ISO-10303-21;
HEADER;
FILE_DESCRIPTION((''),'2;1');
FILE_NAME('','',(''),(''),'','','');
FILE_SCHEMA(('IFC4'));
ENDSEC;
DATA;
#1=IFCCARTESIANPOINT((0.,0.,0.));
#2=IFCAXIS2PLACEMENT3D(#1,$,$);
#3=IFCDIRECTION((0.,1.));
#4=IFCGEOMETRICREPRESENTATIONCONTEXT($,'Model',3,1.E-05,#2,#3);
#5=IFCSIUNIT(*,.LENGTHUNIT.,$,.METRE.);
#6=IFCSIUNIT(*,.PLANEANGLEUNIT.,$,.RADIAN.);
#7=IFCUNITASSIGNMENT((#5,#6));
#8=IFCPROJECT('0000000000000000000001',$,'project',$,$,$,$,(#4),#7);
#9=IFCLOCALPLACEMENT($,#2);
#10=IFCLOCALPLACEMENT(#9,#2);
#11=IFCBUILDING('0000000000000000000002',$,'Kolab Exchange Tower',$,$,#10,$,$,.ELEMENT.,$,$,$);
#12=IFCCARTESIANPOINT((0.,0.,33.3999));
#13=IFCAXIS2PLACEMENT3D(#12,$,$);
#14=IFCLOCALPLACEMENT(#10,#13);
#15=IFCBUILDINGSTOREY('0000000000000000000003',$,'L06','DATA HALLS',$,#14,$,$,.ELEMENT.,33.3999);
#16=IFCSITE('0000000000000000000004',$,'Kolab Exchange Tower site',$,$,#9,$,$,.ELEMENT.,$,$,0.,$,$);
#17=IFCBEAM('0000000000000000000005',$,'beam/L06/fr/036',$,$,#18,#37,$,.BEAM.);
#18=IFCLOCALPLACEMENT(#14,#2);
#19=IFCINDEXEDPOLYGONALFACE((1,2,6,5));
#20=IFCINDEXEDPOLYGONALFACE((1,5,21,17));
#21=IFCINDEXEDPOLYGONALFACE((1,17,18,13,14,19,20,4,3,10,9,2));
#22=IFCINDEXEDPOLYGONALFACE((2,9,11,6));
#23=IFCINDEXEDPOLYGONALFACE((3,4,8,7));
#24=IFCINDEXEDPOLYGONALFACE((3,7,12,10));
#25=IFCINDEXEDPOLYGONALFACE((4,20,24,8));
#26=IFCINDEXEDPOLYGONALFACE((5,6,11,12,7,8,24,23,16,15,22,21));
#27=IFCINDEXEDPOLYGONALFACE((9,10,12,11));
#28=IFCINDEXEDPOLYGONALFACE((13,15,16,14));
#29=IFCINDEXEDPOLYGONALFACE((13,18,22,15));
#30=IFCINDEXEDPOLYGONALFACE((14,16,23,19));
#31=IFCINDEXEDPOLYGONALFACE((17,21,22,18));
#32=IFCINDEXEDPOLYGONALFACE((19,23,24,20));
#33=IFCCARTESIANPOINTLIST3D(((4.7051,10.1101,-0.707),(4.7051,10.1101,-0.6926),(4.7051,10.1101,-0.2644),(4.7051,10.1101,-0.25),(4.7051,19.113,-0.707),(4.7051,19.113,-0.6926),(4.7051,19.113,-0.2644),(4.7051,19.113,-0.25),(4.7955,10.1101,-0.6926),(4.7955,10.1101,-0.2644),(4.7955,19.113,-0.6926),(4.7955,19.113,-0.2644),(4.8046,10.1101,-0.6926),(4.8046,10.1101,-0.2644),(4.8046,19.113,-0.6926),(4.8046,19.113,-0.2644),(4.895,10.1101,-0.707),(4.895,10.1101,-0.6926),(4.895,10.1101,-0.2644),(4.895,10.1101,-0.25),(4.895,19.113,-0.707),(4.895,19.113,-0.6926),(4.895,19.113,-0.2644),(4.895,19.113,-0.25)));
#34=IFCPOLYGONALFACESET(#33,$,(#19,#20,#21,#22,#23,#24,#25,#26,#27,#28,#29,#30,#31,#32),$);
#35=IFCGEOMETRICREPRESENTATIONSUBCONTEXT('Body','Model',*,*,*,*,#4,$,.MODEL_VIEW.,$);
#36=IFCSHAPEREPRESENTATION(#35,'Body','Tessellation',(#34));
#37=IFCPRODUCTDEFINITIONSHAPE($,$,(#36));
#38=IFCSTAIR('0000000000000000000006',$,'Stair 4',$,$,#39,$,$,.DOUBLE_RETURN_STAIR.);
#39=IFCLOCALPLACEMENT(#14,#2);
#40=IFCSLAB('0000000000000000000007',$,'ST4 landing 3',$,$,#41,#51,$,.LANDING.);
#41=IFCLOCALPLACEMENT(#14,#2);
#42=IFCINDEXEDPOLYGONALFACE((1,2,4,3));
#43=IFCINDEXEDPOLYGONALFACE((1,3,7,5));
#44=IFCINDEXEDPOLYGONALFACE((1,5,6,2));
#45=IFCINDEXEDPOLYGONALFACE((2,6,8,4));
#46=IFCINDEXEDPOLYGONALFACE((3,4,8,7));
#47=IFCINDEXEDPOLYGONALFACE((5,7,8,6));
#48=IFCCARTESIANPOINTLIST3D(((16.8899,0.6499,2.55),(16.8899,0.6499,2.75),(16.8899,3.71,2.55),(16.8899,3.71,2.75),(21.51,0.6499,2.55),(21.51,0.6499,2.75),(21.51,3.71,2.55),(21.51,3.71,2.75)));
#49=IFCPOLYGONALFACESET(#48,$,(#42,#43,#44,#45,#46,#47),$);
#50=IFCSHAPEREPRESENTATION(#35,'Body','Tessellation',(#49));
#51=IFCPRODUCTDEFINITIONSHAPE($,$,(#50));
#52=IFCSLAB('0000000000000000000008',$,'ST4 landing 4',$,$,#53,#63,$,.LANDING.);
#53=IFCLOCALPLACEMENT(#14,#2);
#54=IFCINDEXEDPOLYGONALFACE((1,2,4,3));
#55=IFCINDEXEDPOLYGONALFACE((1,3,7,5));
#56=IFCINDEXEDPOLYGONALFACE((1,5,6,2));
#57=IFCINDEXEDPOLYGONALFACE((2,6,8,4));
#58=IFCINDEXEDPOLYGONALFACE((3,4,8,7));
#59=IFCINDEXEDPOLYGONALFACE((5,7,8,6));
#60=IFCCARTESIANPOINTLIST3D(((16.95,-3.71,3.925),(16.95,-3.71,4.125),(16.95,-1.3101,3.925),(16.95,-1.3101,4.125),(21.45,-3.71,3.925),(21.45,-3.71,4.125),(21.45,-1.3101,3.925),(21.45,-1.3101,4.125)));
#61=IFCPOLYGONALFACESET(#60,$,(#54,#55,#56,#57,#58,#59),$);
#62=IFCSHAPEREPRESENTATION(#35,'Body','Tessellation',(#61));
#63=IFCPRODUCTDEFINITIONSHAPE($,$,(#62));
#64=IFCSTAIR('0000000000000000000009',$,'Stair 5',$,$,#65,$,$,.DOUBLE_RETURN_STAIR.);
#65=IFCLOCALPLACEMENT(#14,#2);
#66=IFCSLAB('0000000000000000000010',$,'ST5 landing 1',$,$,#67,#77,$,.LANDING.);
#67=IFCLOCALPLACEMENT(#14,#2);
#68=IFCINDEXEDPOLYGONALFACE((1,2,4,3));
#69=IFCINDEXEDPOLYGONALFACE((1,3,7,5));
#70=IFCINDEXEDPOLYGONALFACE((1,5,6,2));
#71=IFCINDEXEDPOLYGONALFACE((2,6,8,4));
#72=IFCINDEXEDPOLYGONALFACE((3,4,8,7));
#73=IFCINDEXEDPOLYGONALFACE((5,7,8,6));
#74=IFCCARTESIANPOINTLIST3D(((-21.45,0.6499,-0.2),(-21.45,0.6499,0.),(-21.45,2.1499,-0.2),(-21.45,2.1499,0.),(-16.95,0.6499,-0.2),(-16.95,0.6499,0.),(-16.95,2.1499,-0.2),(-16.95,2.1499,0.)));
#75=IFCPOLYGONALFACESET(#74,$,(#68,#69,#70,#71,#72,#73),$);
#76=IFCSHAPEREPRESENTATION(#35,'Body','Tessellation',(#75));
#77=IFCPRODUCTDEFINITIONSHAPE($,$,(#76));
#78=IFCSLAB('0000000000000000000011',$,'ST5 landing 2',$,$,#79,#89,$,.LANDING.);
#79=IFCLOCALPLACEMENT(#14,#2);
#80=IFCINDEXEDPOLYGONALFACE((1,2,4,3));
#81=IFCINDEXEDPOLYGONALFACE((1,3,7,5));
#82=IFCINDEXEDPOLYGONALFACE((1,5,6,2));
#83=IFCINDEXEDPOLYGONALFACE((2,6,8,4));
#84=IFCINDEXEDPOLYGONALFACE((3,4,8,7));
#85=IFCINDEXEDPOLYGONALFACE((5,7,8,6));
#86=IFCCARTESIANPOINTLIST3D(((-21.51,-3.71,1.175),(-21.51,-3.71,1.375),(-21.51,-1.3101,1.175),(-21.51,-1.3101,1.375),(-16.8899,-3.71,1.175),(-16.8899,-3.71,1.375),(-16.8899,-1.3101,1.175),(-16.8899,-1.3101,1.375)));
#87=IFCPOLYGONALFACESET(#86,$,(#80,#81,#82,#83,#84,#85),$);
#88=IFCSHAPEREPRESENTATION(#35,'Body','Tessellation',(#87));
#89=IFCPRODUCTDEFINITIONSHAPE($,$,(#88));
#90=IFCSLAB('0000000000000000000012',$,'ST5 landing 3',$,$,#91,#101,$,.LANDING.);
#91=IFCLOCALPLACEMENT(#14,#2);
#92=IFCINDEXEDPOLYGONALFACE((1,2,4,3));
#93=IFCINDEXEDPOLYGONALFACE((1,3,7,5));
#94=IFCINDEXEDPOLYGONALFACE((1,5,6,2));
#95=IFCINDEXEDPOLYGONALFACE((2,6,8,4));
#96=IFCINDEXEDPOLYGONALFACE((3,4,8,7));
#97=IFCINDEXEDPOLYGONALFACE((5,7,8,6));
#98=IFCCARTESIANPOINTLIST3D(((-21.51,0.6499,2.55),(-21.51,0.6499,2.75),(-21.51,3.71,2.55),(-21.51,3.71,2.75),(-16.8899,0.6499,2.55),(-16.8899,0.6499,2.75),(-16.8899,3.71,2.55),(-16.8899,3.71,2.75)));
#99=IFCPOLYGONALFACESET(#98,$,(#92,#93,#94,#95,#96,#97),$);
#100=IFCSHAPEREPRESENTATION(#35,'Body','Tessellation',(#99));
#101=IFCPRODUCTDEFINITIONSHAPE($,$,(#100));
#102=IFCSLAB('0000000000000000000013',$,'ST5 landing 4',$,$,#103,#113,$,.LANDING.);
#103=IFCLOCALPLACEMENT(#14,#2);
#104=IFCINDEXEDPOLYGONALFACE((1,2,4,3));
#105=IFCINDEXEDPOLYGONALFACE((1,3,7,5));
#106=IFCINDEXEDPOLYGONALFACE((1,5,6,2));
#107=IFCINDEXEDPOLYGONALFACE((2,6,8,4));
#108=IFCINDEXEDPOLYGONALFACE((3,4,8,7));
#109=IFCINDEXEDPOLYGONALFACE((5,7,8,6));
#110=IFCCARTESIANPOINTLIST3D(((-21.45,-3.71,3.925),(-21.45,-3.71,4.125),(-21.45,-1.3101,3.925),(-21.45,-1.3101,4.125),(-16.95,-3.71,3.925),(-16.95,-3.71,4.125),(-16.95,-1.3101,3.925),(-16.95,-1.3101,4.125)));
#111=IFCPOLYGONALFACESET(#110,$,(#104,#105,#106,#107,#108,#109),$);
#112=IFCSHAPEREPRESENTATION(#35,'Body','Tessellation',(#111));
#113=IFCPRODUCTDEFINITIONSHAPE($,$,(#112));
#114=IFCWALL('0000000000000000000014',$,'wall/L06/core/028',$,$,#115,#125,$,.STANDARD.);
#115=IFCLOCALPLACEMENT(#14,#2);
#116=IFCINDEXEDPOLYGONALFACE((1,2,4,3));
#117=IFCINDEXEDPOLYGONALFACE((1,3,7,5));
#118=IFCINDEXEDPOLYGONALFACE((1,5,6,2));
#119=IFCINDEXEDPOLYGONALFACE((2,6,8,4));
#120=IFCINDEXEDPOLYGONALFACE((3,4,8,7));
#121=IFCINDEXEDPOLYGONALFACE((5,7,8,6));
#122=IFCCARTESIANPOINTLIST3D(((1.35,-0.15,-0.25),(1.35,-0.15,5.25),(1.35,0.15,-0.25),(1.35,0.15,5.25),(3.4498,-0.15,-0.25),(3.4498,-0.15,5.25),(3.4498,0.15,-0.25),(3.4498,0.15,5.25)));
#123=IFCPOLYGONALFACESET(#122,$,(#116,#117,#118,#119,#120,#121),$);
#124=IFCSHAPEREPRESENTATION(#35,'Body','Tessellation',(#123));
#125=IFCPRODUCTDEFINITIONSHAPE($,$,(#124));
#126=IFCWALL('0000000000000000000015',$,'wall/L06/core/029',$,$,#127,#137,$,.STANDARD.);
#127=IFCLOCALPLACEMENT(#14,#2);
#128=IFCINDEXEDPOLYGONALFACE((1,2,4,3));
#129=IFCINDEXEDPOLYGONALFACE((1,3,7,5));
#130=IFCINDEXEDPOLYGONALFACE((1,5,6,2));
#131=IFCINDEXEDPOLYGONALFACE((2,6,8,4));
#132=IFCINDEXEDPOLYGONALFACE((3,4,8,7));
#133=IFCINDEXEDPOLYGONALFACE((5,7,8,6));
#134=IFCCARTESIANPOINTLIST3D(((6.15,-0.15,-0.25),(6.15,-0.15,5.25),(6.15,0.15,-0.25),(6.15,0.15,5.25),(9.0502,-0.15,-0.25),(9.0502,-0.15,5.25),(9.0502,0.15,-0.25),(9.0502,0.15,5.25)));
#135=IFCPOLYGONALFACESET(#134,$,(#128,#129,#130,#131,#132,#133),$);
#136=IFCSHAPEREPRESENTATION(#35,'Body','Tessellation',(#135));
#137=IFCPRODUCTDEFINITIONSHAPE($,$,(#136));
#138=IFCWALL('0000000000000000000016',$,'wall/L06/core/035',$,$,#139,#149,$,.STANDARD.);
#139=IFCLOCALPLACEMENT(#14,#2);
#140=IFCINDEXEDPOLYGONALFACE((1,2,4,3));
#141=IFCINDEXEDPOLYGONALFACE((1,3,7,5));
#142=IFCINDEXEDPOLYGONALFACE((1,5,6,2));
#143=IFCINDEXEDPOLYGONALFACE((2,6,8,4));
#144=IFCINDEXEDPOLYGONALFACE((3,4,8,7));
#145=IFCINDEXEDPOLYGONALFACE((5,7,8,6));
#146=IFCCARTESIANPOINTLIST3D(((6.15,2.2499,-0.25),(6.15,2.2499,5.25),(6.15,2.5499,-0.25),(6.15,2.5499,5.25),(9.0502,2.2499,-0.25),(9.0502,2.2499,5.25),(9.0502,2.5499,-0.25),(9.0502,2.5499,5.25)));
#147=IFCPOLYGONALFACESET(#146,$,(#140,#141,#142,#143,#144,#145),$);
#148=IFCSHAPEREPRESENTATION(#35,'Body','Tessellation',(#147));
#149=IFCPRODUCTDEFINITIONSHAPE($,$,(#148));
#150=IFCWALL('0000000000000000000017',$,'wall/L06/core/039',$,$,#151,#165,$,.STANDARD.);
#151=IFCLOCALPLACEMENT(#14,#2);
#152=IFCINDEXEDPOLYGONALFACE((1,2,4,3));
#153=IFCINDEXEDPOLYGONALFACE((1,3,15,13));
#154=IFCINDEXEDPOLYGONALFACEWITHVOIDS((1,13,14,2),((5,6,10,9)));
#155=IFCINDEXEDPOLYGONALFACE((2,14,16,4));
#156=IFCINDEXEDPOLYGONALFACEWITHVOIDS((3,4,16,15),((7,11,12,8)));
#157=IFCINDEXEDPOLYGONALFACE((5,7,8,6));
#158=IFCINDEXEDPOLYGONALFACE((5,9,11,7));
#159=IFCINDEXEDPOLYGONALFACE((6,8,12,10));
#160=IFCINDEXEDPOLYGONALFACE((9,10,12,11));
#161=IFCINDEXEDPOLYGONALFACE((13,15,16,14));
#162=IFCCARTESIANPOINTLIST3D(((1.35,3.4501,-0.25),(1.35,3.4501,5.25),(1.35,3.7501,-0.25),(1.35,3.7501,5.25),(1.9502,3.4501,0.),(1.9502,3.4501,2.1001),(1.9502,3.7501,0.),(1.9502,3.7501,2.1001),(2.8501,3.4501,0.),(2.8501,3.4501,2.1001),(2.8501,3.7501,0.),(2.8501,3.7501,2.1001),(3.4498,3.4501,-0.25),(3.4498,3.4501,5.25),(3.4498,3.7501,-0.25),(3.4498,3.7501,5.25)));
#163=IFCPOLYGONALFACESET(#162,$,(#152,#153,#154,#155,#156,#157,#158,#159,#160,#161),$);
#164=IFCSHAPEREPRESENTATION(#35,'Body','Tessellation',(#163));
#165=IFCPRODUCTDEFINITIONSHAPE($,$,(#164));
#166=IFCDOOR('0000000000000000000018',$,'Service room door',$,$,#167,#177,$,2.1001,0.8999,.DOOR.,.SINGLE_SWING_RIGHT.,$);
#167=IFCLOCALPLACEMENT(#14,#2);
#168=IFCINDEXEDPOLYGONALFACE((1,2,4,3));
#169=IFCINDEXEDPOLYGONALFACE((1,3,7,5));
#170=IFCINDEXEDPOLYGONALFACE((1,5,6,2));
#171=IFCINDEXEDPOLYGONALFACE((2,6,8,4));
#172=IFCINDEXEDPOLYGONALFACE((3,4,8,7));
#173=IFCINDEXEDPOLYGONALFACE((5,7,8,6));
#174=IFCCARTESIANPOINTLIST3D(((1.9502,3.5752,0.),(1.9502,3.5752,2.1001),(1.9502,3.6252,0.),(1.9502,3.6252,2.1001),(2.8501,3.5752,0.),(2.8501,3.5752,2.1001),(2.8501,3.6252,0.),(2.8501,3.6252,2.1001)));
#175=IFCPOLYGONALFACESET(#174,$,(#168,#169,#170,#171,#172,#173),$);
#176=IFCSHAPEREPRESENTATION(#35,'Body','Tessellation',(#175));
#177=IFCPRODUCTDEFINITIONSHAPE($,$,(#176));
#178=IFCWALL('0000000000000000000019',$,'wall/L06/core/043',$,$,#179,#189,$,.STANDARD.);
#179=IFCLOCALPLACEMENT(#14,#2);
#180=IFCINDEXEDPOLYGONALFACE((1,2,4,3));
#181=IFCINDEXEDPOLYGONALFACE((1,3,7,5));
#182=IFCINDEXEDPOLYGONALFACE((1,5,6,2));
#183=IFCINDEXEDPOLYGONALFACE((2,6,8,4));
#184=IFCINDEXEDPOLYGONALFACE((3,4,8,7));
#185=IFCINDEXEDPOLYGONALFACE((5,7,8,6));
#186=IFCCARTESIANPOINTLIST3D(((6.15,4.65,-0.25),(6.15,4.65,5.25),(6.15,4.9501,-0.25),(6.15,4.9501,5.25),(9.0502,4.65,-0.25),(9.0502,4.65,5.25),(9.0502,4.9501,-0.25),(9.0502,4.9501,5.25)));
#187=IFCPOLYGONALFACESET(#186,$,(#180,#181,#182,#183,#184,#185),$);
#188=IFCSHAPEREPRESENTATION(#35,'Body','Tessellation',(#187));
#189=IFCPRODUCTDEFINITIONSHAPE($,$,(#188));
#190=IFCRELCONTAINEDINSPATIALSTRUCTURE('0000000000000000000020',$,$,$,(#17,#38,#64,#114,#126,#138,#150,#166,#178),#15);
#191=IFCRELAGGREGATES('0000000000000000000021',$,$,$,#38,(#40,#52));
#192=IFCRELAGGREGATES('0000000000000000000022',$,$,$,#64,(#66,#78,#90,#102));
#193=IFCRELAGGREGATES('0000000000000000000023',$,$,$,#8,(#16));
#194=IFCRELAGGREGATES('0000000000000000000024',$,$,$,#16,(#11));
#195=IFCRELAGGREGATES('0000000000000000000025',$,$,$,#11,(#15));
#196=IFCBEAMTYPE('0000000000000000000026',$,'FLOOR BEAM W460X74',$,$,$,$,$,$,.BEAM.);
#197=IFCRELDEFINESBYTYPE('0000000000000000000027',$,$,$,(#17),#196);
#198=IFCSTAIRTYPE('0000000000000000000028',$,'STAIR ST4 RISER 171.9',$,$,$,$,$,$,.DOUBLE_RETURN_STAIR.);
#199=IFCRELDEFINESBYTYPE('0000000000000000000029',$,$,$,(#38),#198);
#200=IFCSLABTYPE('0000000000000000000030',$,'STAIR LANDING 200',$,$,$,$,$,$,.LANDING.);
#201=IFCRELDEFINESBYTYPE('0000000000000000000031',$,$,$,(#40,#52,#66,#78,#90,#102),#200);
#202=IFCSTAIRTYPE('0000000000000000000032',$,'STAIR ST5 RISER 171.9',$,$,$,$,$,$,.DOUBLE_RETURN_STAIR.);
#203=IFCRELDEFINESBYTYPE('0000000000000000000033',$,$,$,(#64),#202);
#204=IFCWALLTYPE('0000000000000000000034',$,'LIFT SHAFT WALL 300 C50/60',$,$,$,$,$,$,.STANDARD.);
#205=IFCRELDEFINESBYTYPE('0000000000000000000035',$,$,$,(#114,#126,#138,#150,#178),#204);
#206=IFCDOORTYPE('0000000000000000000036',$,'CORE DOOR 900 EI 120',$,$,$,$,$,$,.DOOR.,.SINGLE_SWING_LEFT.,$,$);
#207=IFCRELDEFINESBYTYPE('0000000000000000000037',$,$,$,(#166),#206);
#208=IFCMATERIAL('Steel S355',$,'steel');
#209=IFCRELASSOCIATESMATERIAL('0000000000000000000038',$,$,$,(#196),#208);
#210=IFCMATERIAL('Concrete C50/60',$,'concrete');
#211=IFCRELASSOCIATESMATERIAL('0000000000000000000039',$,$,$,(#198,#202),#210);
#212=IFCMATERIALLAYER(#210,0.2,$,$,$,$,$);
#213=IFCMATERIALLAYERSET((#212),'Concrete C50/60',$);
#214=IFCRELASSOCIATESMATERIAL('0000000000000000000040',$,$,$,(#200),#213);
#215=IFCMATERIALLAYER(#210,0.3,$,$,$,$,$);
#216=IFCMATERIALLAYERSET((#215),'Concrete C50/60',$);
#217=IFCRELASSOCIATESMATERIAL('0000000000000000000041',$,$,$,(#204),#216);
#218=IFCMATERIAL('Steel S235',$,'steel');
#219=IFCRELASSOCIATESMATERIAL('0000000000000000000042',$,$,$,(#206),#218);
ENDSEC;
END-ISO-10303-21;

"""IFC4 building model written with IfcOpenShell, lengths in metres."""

from ifc_helpers import new_model, si_unit, direction, frame, frame_2d, origin, origin_2d, place, context, subcontext, project, spatial, polyline, rectangle, i_section, outline, extrude, material, layer, layer_set, material_profile, profile_set, type_object, element, fill, aggregate, save


model = new_model("IFC4")

# Units and contexts
model_context = context("Model", 3, precision=1e-05, world=origin(), true_north=direction((0.0, 1.0)))
body_context = subcontext(model_context, "Body", "Model", "MODEL_VIEW")
ifc_project = project(units=[si_unit("LENGTHUNIT", "METRE"), si_unit("PLANEANGLEUNIT", "RADIAN")], contexts=[model_context])

# Site, building, storey
site_placement = place(None, origin())
site = spatial("IfcSite", under=ifc_project, at=site_placement, Name="Kolab Exchange Tower site", CompositionType="ELEMENT", RefElevation=0.0)
building_placement = place(site_placement, origin())
building = spatial("IfcBuilding", under=site, at=building_placement, Name="Kolab Exchange Tower", CompositionType="ELEMENT")
storey_placement = place(building_placement, frame((0.0, 0.0, 33.3999)))
storey = spatial("IfcBuildingStorey", under=building, at=storey_placement, Name="L06", Description="DATA HALLS", CompositionType="ELEMENT", Elevation=33.3999)

# Beam
ifc_material_1 = material(Name="Steel S355", Category="steel")
ifc_material_profile = material_profile(ifc_material_1, i_section(OverallWidth=0.1899, OverallDepth=0.457, WebThickness=0.009, FlangeThickness=0.0144, at=origin_2d()), Name="W460X74")
ifc_profile_set = profile_set([ifc_material_profile], Name="Steel S355")
beam_type = type_object("IfcBeamType", Name="FLOOR BEAM W460X74", PredefinedType="BEAM", material=ifc_profile_set)
beam_placement = place(storey_placement, frame((4.8, 10.1101, -0.4785), z_axis=(0.0, 1.0, 0.0), x_axis=(-1.0, 0.0, 0.0)))
element("IfcBeam", 1, at=beam_placement, inside=storey, type_object=beam_type, Name="beam/L06/fr/036", PredefinedType="BEAM", context=body_context, shape_type="SweptSolid", body=[
    extrude(i_section(OverallWidth=0.1899, OverallDepth=0.457, WebThickness=0.009, FlangeThickness=0.0144, at=origin_2d()), origin(), (0.0, 0.0, 1.0), 9.0029),
])

# Stairs, slabs
ifc_material_2 = material(Name="Concrete C50/60", Category="concrete")
stair_type_1 = type_object("IfcStairType", Name="STAIR ST4 RISER 171.9", PredefinedType="DOUBLE_RETURN_STAIR", material=ifc_material_2)
stair_1_placement = place(storey_placement, origin())
stair_1 = element("IfcStair", 2, at=stair_1_placement, inside=storey, type_object=stair_type_1, Name="Stair 4", PredefinedType="DOUBLE_RETURN_STAIR")
ifc_layer_1 = layer(ifc_material_2, 0.2)
ifc_layer_set_1 = layer_set([ifc_layer_1], Name="Concrete C50/60")
slab_type = type_object("IfcSlabType", Name="STAIR LANDING 200", PredefinedType="LANDING", material=ifc_layer_set_1)
slab_1_placement = place(storey_placement, frame((0.0, 0.0, 2.55)))
slab_1 = element("IfcSlab", 3, at=slab_1_placement, type_object=slab_type, Name="ST4 landing 3", PredefinedType="LANDING", context=body_context, shape_type="SweptSolid", body=[
    extrude(outline(polyline([(16.8899, 0.6499), (21.51, 0.6499), (21.51, 3.71), (16.8899, 3.71), (16.8899, 0.6499)])), origin(), (0.0, 0.0, 1.0), 0.2),
])
slab_2_placement = place(storey_placement, frame((0.0, 0.0, 3.925)))
slab_2 = element("IfcSlab", 4, at=slab_2_placement, type_object=slab_type, Name="ST4 landing 4", PredefinedType="LANDING", context=body_context, shape_type="SweptSolid", body=[
    extrude(outline(polyline([(16.95, -3.71), (21.45, -3.71), (21.45, -1.3101), (16.95, -1.3101), (16.95, -3.71)])), origin(), (0.0, 0.0, 1.0), 0.2),
])
aggregate(stair_1, [slab_1, slab_2])
stair_type_2 = type_object("IfcStairType", Name="STAIR ST5 RISER 171.9", PredefinedType="DOUBLE_RETURN_STAIR", material=ifc_material_2)
stair_2_placement = place(storey_placement, origin())
stair_2 = element("IfcStair", 5, at=stair_2_placement, inside=storey, type_object=stair_type_2, Name="Stair 5", PredefinedType="DOUBLE_RETURN_STAIR")
slab_3_placement = place(storey_placement, frame((0.0, 0.0, -0.2)))
slab_3 = element("IfcSlab", 6, at=slab_3_placement, type_object=slab_type, Name="ST5 landing 1", PredefinedType="LANDING", context=body_context, shape_type="SweptSolid", body=[
    extrude(outline(polyline([(-21.45, 0.6499), (-16.95, 0.6499), (-16.95, 2.1499), (-21.45, 2.1499), (-21.45, 0.6499)])), origin(), (0.0, 0.0, 1.0), 0.2),
])
slab_4_placement = place(storey_placement, frame((0.0, 0.0, 1.175)))
slab_4 = element("IfcSlab", 7, at=slab_4_placement, type_object=slab_type, Name="ST5 landing 2", PredefinedType="LANDING", context=body_context, shape_type="SweptSolid", body=[
    extrude(outline(polyline([(-21.51, -3.71), (-16.8899, -3.71), (-16.8899, -1.3101), (-21.51, -1.3101), (-21.51, -3.71)])), origin(), (0.0, 0.0, 1.0), 0.2),
])
slab_5_placement = place(storey_placement, frame((0.0, 0.0, 2.55)))
slab_5 = element("IfcSlab", 8, at=slab_5_placement, type_object=slab_type, Name="ST5 landing 3", PredefinedType="LANDING", context=body_context, shape_type="SweptSolid", body=[
    extrude(outline(polyline([(-21.51, 0.6499), (-16.8899, 0.6499), (-16.8899, 3.71), (-21.51, 3.71), (-21.51, 0.6499)])), origin(), (0.0, 0.0, 1.0), 0.2),
])
slab_6_placement = place(storey_placement, frame((0.0, 0.0, 3.925)))
slab_6 = element("IfcSlab", 9, at=slab_6_placement, type_object=slab_type, Name="ST5 landing 4", PredefinedType="LANDING", context=body_context, shape_type="SweptSolid", body=[
    extrude(outline(polyline([(-21.45, -3.71), (-16.95, -3.71), (-16.95, -1.3101), (-21.45, -1.3101), (-21.45, -3.71)])), origin(), (0.0, 0.0, 1.0), 0.2),
])
aggregate(stair_2, [slab_3, slab_4, slab_5, slab_6])

# Walls
ifc_layer_2 = layer(ifc_material_2, 0.3)
ifc_layer_set_2 = layer_set([ifc_layer_2], Name="Concrete C50/60")
wall_type_1 = type_object("IfcWallType", Name="LIFT SHAFT WALL 300 C50/60", PredefinedType="STANDARD", material=ifc_layer_set_2)
wall_1_placement = place(storey_placement, frame((1.3501, 0.0, -0.25), z_axis=(0.0, 0.0, 1.0), x_axis=(1.0, 0.0, 0.0)))
element("IfcWall", 10, at=wall_1_placement, inside=storey, type_object=wall_type_1, Name="wall/L06/core/028", PredefinedType="STANDARD", context=body_context, shape_type="SweptSolid", body=[
    extrude(rectangle(XDim=2.0999, YDim=0.3, at=frame_2d((1.0498, 0.0))), origin(), (0.0, 0.0, 1.0), 5.5),
])
for number, where, z_axis, x_axis, name in (
    (11, (6.1499, 0.0, -0.25), (0.0, 0.0, 1.0), (1.0, 0.0, 0.0), "wall/L06/core/029"),
    (12, (6.1499, 2.3999, -0.25), (0.0, 0.0, 1.0), (1.0, 0.0, 0.0), "wall/L06/core/035"),
):
    element("IfcWall", number, at=place(storey_placement, frame(where, z_axis=z_axis, x_axis=x_axis)), inside=storey, type_object=wall_type_1, Name=name, PredefinedType="STANDARD", context=body_context, shape_type="SweptSolid", body=[
        extrude(rectangle(XDim=2.9001, YDim=0.3, at=frame_2d((1.4502, 0.0))), origin(), (0.0, 0.0, 1.0), 5.5),
    ])

# Wall, opening, door
wall_2_placement = place(storey_placement, frame((1.3501, 3.6001, -0.25), z_axis=(0.0, 0.0, 1.0), x_axis=(1.0, 0.0, 0.0)))
wall_2 = element("IfcWall", 13, at=wall_2_placement, inside=storey, type_object=wall_type_1, Name="wall/L06/core/039", PredefinedType="STANDARD", context=body_context, shape_type="SweptSolid", body=[
    extrude(rectangle(XDim=2.0999, YDim=0.3, at=frame_2d((1.0498, 0.0))), origin(), (0.0, 0.0, 1.0), 5.5),
])
opening_1_placement = place(wall_2_placement, frame((0.6001, 0.0, 0.25)))
opening_1 = element("IfcOpeningElement", 14, at=opening_1_placement, cuts=wall_2, PredefinedType="OPENING", context=body_context, shape_type="SweptSolid", body=[
    extrude(rectangle(XDim=0.8999, YDim=2.1001, at=frame_2d((0.45, 1.05))), frame((0.0, 0.1602, 0.0), z_axis=(0.0, -1.0, 0.0), x_axis=(1.0, 0.0, 0.0)), (0.0, 0.0, 1.0), 0.3201),
])
ifc_material_3 = material(Name="Steel S235", Category="steel")
door_type_1 = type_object("IfcDoorType", Name="CORE DOOR 900 EI 120", OperationType="SINGLE_SWING_LEFT", PredefinedType="DOOR", material=ifc_material_3)
door_1_placement = place(opening_1_placement, frame((0.8999, 0.0, 0.0), z_axis=(0.0, 0.0, 1.0), x_axis=(-1.0, 0.0, 0.0)))
door_1 = element("IfcDoor", 15, at=door_1_placement, inside=storey, type_object=door_type_1, Name="Service room door", OperationType="SINGLE_SWING_RIGHT", OverallHeight=2.1001, OverallWidth=0.8999, PredefinedType="DOOR", context=body_context, shape_type="SweptSolid", body=[
    extrude(rectangle(XDim=0.8999, YDim=2.1001, at=frame_2d((0.45, 1.05))), frame((0.0, 0.0249, 0.0), z_axis=(0.0, -1.0, 0.0), x_axis=(1.0, 0.0, 0.0)), (0.0, 0.0, 1.0), 0.05),
])
fill(opening_1, door_1)

# Wall
wall_3_placement = place(storey_placement, frame((6.1499, 4.8, -0.25), z_axis=(0.0, 0.0, 1.0), x_axis=(1.0, 0.0, 0.0)))
element("IfcWall", 16, at=wall_3_placement, inside=storey, type_object=wall_type_1, Name="wall/L06/core/043", PredefinedType="STANDARD", context=body_context, shape_type="SweptSolid", body=[
    extrude(rectangle(XDim=2.9001, YDim=0.3, at=frame_2d((1.4502, 0.0))), origin(), (0.0, 0.0, 1.0), 5.5),
])

save(model, "model.ifc")
